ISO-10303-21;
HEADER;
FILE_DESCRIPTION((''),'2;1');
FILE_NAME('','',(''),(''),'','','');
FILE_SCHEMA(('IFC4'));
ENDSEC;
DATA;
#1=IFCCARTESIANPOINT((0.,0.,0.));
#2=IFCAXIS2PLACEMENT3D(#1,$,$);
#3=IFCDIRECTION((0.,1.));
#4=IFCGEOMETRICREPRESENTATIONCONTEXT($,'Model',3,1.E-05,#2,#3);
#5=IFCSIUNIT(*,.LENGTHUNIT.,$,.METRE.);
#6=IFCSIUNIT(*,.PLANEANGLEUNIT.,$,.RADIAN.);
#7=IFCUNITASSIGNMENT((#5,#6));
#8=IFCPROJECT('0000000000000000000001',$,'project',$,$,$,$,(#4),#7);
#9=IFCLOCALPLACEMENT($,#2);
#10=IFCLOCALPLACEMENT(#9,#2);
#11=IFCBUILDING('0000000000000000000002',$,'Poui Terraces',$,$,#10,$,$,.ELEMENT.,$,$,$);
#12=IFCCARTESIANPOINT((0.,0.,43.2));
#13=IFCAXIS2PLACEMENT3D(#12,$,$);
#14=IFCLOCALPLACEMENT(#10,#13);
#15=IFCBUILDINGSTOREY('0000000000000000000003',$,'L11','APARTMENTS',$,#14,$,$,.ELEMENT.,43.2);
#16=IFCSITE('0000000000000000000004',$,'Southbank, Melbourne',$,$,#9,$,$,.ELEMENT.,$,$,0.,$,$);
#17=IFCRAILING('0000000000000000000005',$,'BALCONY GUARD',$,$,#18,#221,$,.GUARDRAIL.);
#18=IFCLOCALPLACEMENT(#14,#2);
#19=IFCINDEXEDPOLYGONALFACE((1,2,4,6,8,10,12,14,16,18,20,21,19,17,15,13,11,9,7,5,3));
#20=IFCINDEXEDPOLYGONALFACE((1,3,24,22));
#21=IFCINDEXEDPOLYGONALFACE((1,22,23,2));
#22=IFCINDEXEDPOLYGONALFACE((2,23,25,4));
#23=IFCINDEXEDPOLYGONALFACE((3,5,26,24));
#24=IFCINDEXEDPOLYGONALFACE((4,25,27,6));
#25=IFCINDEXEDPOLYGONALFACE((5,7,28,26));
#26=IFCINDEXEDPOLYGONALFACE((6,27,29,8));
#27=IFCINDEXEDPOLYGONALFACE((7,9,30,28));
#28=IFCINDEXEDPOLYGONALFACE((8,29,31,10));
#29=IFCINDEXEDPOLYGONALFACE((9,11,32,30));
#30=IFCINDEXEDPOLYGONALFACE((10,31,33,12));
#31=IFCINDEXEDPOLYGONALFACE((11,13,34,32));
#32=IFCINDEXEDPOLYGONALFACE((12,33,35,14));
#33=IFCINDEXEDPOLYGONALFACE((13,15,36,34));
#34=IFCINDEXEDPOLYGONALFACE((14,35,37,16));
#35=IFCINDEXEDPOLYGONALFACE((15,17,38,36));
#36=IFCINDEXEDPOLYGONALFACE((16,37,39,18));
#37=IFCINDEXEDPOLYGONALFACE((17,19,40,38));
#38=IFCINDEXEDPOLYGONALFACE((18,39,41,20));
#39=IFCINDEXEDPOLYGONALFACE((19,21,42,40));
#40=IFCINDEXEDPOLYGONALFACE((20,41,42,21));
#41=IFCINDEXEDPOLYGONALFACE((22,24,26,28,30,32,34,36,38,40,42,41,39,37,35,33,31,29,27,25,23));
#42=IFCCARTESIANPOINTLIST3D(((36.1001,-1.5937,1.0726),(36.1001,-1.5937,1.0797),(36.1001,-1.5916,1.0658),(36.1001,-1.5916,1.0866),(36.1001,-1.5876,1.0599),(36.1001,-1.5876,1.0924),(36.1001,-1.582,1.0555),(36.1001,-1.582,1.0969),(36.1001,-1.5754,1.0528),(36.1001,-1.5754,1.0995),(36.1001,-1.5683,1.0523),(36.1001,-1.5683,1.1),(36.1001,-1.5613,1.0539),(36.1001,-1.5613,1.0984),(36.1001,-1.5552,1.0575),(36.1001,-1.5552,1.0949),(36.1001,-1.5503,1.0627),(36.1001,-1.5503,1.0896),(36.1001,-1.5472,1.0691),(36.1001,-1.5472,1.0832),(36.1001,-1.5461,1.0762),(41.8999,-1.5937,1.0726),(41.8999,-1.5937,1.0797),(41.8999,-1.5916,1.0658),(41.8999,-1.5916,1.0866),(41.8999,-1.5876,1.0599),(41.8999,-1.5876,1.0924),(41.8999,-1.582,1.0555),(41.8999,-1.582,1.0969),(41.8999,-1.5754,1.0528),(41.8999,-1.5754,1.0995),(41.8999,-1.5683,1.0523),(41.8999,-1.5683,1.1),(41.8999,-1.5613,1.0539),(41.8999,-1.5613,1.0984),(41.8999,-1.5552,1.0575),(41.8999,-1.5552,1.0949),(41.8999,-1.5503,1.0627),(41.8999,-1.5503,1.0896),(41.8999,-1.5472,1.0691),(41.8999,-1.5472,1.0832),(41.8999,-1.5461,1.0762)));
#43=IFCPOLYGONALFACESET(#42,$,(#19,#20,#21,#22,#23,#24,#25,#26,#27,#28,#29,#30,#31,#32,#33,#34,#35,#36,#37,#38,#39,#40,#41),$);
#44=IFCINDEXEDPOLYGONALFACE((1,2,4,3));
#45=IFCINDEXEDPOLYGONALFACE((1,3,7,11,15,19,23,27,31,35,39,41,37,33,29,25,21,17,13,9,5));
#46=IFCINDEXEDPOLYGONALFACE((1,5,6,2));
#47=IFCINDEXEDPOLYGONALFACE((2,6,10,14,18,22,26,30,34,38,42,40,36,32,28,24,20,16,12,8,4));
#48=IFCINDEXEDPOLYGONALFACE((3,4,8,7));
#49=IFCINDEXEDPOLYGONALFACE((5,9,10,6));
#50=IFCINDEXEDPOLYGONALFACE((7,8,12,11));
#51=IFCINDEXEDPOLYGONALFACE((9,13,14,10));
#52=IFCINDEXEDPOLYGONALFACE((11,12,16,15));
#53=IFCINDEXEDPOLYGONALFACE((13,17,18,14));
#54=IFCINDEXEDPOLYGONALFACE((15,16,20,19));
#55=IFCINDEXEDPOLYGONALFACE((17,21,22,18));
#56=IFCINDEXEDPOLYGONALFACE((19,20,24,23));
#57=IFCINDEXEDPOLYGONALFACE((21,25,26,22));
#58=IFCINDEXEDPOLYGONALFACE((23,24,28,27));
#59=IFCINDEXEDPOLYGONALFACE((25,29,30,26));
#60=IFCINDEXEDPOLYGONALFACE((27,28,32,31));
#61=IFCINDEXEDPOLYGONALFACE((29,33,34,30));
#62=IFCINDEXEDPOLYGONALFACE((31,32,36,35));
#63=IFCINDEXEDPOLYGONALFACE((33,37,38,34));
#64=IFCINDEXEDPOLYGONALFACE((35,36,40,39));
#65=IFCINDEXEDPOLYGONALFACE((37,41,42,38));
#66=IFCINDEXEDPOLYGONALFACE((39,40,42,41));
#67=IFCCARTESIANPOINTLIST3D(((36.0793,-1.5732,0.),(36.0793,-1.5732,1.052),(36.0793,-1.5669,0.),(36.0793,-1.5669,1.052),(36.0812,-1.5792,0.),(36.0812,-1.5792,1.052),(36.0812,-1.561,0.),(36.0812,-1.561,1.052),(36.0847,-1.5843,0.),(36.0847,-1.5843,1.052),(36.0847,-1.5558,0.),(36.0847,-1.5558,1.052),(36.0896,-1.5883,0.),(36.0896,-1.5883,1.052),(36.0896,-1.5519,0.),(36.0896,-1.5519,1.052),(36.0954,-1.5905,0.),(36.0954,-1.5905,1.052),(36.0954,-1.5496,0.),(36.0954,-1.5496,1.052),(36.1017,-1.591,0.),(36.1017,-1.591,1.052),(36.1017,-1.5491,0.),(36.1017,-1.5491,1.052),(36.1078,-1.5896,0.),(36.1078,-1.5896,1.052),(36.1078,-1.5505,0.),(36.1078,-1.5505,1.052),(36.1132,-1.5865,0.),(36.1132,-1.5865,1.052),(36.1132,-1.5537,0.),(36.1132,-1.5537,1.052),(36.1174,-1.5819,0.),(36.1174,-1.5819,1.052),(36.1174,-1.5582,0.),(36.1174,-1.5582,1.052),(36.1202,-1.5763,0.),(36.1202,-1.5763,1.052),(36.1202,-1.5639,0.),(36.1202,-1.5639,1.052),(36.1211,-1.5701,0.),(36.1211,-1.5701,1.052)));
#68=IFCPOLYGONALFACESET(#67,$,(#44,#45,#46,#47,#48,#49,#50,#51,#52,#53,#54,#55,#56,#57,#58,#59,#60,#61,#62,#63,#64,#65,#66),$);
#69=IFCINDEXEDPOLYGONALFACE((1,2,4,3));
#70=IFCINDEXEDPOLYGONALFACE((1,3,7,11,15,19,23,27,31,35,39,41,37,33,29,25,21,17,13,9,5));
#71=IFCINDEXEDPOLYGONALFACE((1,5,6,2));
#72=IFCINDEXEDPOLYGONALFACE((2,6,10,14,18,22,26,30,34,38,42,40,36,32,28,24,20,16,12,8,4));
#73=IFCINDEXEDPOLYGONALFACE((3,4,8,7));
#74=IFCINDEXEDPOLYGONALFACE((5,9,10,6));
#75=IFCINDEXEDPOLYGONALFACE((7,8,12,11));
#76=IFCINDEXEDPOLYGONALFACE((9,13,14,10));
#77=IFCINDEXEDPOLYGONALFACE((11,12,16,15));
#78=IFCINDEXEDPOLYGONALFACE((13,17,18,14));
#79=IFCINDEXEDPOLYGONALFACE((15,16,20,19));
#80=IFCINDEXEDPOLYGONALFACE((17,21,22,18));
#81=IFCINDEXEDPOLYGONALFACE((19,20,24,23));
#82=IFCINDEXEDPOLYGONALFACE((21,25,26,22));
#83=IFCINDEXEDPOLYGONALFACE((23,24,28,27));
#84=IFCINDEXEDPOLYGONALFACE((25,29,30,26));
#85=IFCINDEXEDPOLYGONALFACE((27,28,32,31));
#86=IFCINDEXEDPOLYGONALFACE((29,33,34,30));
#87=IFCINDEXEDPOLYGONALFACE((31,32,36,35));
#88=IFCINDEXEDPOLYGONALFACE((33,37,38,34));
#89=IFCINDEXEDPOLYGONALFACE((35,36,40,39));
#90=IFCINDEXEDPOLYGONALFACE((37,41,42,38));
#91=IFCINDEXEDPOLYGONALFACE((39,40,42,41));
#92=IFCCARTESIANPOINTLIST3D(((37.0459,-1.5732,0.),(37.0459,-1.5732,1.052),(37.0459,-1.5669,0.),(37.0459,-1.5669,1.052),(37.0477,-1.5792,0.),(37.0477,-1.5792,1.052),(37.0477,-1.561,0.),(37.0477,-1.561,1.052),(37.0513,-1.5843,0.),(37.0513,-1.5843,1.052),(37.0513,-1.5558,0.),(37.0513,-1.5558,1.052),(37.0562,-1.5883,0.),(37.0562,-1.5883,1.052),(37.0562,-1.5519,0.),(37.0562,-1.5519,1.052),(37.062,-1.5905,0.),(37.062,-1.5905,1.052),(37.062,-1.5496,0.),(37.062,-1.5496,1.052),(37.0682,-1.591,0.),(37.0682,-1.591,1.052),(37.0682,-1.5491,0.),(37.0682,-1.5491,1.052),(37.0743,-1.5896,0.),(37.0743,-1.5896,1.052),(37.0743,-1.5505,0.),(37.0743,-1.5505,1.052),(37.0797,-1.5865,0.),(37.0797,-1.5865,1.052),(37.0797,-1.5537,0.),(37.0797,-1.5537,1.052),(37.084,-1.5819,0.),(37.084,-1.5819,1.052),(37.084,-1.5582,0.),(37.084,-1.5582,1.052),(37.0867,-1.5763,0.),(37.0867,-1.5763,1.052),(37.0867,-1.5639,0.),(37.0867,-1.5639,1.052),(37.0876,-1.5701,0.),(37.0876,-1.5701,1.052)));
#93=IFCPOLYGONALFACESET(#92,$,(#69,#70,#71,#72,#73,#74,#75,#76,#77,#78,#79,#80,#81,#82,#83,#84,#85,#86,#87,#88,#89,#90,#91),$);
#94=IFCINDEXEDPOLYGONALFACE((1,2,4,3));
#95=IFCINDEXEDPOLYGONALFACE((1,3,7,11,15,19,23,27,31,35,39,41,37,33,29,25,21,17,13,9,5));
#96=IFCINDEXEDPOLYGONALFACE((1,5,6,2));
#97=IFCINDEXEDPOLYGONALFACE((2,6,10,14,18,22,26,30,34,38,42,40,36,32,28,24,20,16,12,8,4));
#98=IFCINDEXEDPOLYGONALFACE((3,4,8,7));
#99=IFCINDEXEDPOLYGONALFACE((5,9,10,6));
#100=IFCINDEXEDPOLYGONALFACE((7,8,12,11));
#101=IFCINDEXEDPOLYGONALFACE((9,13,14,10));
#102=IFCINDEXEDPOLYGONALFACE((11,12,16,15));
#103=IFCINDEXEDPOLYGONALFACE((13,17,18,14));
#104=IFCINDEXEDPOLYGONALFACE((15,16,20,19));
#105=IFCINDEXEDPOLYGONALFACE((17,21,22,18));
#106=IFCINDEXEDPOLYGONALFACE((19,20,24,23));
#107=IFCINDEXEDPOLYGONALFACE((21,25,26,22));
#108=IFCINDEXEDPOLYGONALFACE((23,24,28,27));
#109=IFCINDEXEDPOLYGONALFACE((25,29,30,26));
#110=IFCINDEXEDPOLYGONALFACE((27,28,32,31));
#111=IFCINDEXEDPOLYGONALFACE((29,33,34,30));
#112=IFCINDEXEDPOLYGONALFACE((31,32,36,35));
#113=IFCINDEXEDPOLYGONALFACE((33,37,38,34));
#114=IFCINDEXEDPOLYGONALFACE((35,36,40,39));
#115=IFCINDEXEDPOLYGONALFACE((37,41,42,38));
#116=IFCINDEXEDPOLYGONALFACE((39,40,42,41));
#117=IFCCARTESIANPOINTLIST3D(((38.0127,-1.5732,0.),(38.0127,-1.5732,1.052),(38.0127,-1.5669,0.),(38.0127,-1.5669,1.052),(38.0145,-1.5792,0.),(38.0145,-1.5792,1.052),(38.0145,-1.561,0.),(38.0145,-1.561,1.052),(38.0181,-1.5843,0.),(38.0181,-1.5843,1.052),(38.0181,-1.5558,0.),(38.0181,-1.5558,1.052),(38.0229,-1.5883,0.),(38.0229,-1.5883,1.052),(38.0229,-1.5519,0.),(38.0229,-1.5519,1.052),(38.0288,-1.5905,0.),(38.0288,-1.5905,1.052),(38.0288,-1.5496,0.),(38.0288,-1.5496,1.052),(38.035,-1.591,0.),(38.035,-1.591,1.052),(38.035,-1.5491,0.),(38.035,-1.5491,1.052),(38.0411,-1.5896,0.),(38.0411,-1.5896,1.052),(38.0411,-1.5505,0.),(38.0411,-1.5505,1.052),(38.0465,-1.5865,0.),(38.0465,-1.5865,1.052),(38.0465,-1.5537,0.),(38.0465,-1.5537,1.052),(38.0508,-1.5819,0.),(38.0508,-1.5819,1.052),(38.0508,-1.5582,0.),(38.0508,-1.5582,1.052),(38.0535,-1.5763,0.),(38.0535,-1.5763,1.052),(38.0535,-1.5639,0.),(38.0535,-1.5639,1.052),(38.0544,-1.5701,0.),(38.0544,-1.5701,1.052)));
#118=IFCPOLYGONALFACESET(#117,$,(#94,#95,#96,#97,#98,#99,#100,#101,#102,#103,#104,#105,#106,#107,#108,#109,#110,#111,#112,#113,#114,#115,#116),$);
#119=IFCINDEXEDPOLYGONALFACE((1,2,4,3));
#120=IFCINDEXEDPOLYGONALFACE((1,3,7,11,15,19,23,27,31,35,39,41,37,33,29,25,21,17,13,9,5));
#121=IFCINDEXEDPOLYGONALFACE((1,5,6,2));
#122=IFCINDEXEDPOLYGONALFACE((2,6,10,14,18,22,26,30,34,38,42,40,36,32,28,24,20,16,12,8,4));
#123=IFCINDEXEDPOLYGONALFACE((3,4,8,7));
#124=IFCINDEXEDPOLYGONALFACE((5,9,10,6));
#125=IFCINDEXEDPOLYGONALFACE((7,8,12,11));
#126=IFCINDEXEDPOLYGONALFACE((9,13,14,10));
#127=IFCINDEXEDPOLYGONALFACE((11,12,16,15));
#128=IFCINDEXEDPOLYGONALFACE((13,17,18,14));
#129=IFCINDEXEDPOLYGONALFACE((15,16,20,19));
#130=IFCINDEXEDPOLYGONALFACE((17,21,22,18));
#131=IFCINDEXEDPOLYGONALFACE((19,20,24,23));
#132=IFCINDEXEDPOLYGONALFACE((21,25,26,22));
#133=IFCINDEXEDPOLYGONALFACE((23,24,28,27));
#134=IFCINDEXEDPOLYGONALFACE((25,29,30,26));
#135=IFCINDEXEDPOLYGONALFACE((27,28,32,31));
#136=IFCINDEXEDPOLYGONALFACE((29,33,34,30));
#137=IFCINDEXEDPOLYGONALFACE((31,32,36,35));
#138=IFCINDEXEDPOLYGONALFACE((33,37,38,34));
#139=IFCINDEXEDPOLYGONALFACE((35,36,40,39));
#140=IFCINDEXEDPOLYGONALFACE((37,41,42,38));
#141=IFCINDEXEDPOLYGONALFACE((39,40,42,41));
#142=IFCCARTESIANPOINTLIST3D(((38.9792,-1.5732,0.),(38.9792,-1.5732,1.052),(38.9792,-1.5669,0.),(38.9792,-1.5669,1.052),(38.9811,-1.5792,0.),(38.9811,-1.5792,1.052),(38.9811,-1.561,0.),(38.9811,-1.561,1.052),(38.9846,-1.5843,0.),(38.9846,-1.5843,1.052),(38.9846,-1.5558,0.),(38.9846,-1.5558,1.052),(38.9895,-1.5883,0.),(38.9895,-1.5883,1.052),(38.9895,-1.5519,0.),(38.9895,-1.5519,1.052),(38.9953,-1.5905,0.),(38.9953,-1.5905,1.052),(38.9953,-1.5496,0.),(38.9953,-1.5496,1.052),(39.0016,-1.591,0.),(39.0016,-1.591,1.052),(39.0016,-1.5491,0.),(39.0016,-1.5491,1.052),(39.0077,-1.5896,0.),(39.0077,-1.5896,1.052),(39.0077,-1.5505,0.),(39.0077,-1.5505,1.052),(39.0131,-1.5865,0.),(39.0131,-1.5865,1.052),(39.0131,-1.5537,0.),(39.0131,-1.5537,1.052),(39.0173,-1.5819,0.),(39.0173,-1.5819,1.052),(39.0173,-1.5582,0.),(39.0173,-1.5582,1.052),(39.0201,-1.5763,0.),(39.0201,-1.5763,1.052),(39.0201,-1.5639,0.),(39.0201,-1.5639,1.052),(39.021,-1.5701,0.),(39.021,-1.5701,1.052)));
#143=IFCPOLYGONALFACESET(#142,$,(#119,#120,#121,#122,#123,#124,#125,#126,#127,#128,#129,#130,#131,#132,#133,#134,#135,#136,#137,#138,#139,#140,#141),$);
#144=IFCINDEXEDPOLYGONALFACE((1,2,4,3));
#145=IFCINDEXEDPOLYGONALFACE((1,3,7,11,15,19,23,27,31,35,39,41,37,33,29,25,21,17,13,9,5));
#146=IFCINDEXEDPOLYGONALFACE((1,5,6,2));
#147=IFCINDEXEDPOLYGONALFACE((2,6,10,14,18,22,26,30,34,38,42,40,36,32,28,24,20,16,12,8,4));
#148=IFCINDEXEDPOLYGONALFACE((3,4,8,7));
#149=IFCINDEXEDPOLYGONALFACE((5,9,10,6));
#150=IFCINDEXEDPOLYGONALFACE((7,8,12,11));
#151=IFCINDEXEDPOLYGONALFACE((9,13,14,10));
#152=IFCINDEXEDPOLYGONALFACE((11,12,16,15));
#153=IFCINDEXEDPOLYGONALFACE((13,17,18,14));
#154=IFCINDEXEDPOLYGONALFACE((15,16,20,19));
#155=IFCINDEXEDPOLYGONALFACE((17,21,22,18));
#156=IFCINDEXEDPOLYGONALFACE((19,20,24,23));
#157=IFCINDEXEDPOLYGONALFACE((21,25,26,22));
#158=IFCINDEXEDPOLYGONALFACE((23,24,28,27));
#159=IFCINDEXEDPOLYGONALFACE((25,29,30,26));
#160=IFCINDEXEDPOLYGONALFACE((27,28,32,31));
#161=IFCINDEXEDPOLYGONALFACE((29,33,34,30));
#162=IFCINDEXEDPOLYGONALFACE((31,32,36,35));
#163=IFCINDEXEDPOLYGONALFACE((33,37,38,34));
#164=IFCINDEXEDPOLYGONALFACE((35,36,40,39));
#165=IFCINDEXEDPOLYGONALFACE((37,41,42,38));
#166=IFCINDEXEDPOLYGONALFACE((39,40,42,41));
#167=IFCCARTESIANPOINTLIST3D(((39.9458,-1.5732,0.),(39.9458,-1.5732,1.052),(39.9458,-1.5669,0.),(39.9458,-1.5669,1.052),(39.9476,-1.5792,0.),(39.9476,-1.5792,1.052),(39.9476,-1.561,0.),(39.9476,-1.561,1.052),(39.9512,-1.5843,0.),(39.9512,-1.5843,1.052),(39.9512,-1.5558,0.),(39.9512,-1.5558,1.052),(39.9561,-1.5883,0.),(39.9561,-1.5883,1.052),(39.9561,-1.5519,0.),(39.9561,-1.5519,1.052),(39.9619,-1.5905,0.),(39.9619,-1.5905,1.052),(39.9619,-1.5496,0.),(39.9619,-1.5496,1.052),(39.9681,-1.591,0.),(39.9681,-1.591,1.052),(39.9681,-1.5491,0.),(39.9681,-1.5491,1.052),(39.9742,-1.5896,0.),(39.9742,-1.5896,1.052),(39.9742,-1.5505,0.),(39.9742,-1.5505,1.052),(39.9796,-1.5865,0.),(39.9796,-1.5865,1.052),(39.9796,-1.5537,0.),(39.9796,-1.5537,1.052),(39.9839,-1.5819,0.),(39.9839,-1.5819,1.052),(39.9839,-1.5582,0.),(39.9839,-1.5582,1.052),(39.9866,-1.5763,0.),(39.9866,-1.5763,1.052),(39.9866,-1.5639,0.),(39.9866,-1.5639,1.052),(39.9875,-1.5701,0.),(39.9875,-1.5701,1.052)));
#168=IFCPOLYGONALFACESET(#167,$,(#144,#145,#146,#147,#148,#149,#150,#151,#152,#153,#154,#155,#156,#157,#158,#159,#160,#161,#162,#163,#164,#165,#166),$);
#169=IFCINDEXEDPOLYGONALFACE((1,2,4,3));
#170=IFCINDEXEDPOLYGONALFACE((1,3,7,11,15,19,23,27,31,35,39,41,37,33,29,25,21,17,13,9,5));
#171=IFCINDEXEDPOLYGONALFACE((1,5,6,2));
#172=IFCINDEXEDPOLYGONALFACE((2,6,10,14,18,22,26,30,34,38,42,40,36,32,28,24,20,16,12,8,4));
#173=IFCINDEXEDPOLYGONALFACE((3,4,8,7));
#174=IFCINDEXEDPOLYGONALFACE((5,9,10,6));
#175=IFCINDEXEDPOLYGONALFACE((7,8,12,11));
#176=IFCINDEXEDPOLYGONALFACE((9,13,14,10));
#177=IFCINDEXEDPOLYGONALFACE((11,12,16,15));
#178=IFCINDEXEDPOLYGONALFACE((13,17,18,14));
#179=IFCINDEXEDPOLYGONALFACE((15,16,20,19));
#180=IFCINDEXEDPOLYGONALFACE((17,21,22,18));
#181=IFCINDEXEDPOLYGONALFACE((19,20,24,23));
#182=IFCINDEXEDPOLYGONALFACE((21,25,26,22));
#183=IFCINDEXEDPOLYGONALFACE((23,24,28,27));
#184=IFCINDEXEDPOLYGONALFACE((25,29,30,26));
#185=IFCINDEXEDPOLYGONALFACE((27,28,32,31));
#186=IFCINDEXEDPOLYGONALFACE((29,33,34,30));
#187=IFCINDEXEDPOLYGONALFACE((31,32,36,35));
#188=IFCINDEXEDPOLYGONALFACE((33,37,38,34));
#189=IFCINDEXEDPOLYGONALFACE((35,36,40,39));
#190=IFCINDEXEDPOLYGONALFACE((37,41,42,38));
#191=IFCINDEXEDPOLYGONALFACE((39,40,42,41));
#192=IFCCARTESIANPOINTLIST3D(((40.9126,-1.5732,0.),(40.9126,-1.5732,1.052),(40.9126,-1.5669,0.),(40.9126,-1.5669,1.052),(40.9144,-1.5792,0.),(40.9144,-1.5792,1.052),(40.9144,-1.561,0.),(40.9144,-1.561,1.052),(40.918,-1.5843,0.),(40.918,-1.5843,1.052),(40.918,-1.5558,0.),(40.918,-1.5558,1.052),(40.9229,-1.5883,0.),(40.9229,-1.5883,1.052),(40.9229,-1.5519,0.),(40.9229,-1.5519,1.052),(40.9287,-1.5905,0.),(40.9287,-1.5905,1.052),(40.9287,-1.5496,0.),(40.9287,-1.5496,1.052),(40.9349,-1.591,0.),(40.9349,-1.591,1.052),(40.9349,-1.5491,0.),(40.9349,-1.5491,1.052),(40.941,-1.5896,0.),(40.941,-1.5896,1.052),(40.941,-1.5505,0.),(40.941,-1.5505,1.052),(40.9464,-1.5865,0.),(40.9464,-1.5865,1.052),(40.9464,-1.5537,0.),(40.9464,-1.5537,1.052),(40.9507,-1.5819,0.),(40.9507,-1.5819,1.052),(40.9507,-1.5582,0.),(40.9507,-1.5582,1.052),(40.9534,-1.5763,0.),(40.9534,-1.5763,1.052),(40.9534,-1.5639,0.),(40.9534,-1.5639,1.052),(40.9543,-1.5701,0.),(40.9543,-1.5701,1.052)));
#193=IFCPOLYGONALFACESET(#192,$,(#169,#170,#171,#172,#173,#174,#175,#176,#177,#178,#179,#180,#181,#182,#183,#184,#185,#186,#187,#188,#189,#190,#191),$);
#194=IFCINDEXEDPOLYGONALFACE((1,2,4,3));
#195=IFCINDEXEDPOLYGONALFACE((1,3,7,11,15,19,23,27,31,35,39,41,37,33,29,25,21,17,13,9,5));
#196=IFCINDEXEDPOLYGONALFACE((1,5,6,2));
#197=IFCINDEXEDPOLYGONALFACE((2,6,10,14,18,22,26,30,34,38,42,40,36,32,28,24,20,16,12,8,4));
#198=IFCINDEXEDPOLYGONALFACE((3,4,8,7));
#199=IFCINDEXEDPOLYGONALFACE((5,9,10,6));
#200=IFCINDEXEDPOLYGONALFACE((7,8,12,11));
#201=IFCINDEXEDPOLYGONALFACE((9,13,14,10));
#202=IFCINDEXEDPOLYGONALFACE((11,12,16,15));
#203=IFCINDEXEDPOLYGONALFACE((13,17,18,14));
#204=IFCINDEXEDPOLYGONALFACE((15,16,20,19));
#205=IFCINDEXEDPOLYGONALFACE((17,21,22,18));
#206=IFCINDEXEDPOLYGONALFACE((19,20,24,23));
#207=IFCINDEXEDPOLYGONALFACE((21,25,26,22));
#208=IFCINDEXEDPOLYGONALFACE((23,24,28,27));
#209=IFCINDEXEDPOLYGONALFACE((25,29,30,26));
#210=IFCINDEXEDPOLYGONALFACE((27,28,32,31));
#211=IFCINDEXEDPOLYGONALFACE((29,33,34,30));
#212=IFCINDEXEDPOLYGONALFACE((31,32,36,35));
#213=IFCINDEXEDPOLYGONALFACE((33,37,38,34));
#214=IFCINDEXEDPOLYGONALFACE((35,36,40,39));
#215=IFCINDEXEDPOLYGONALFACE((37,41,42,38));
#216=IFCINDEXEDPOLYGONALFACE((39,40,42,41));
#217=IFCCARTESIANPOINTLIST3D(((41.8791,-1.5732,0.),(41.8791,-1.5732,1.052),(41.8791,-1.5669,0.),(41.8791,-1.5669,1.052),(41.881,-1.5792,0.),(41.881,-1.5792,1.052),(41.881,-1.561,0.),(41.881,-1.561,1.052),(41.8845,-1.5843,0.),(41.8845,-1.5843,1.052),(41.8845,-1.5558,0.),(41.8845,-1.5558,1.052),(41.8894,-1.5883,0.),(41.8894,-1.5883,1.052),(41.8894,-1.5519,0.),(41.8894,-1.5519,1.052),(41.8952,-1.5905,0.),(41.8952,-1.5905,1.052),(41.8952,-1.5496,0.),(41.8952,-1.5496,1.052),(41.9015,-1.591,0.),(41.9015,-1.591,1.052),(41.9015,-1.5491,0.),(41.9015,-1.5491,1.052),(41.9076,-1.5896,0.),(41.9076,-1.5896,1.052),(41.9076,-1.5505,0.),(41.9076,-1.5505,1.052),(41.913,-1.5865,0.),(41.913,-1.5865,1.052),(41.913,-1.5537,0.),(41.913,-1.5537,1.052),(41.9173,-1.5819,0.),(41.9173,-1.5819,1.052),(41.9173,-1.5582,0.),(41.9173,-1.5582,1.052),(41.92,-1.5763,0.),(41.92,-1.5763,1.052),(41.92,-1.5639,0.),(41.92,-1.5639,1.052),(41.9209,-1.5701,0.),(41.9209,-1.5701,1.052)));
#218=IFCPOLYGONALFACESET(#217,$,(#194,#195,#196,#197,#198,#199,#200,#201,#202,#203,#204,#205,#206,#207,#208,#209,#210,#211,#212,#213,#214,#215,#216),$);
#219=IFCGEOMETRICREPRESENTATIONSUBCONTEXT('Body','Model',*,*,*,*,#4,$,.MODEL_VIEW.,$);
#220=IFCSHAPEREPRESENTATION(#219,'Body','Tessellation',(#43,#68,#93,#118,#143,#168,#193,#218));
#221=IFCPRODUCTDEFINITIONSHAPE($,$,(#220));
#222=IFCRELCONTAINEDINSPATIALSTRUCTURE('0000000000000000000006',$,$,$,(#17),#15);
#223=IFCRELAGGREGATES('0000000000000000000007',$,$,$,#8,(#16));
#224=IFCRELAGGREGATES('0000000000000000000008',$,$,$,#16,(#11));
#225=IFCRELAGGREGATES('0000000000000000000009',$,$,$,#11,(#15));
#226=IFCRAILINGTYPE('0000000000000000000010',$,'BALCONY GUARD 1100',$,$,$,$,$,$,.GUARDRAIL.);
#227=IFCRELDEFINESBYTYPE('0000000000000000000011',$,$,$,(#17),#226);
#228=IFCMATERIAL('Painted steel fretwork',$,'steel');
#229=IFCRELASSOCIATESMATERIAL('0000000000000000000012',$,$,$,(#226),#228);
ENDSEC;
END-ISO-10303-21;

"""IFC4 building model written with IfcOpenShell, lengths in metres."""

from ifc_helpers import new_model, si_unit, direction, frame, origin, origin_2d, place, context, subcontext, project, spatial, circle, extrude, material, type_object, element, save


model = new_model("IFC4")

# Units and contexts
model_context = context("Model", 3, precision=1e-05, world=origin(), true_north=direction((0.0, 1.0)))
body_context = subcontext(model_context, "Body", "Model", "MODEL_VIEW")
ifc_project = project(units=[si_unit("LENGTHUNIT", "METRE"), si_unit("PLANEANGLEUNIT", "RADIAN")], contexts=[model_context])

# Site, building, storey
site_placement = place(None, origin())
site = spatial("IfcSite", under=ifc_project, at=site_placement, Name="Southbank, Melbourne", CompositionType="ELEMENT", RefElevation=0.0)
building_placement = place(site_placement, origin())
building = spatial("IfcBuilding", under=site, at=building_placement, Name="Poui Terraces", CompositionType="ELEMENT")
storey_placement = place(building_placement, frame((0.0, 0.0, 43.2)))
storey = spatial("IfcBuildingStorey", under=building, at=storey_placement, Name="L11", Description="APARTMENTS", CompositionType="ELEMENT", Elevation=43.2)

# Railing
ifc_material_1 = material(Name="Painted steel fretwork", Category="steel")
railing_type = type_object("IfcRailingType", Name="BALCONY GUARD 1100", PredefinedType="GUARDRAIL", material=ifc_material_1)
railing_placement = place(storey_placement, frame((36.1001, -1.5701, 0.0)))
element("IfcRailing", 1, at=railing_placement, inside=storey, type_object=railing_type, Name="BALCONY GUARD", PredefinedType="GUARDRAIL", context=body_context, shape_type="SweptSolid", body=[
    extrude(circle(Radius=0.0239, at=origin_2d()), frame((0.0, 0.0, 1.0762), z_axis=(1.0, 0.0, 0.0), x_axis=(0.0, 1.0, 0.0)), (0.0, 0.0, 1.0), 5.7998),
    extrude(circle(Radius=0.021, at=origin_2d()), origin(), (0.0, 0.0, 1.0), 1.052),
    extrude(circle(Radius=0.021, at=origin_2d()), frame((0.9666, 0.0, 0.0)), (0.0, 0.0, 1.0), 1.052),
    extrude(circle(Radius=0.021, at=origin_2d()), frame((1.9333, 0.0, 0.0)), (0.0, 0.0, 1.0), 1.052),
    extrude(circle(Radius=0.021, at=origin_2d()), frame((2.8999, 0.0, 0.0)), (0.0, 0.0, 1.0), 1.052),
    extrude(circle(Radius=0.021, at=origin_2d()), frame((3.8665, 0.0, 0.0)), (0.0, 0.0, 1.0), 1.052),
    extrude(circle(Radius=0.021, at=origin_2d()), frame((4.8333, 0.0, 0.0)), (0.0, 0.0, 1.0), 1.052),
    extrude(circle(Radius=0.021, at=origin_2d()), frame((5.7998, 0.0, 0.0)), (0.0, 0.0, 1.0), 1.052),
])

save(model, "model.ifc")
